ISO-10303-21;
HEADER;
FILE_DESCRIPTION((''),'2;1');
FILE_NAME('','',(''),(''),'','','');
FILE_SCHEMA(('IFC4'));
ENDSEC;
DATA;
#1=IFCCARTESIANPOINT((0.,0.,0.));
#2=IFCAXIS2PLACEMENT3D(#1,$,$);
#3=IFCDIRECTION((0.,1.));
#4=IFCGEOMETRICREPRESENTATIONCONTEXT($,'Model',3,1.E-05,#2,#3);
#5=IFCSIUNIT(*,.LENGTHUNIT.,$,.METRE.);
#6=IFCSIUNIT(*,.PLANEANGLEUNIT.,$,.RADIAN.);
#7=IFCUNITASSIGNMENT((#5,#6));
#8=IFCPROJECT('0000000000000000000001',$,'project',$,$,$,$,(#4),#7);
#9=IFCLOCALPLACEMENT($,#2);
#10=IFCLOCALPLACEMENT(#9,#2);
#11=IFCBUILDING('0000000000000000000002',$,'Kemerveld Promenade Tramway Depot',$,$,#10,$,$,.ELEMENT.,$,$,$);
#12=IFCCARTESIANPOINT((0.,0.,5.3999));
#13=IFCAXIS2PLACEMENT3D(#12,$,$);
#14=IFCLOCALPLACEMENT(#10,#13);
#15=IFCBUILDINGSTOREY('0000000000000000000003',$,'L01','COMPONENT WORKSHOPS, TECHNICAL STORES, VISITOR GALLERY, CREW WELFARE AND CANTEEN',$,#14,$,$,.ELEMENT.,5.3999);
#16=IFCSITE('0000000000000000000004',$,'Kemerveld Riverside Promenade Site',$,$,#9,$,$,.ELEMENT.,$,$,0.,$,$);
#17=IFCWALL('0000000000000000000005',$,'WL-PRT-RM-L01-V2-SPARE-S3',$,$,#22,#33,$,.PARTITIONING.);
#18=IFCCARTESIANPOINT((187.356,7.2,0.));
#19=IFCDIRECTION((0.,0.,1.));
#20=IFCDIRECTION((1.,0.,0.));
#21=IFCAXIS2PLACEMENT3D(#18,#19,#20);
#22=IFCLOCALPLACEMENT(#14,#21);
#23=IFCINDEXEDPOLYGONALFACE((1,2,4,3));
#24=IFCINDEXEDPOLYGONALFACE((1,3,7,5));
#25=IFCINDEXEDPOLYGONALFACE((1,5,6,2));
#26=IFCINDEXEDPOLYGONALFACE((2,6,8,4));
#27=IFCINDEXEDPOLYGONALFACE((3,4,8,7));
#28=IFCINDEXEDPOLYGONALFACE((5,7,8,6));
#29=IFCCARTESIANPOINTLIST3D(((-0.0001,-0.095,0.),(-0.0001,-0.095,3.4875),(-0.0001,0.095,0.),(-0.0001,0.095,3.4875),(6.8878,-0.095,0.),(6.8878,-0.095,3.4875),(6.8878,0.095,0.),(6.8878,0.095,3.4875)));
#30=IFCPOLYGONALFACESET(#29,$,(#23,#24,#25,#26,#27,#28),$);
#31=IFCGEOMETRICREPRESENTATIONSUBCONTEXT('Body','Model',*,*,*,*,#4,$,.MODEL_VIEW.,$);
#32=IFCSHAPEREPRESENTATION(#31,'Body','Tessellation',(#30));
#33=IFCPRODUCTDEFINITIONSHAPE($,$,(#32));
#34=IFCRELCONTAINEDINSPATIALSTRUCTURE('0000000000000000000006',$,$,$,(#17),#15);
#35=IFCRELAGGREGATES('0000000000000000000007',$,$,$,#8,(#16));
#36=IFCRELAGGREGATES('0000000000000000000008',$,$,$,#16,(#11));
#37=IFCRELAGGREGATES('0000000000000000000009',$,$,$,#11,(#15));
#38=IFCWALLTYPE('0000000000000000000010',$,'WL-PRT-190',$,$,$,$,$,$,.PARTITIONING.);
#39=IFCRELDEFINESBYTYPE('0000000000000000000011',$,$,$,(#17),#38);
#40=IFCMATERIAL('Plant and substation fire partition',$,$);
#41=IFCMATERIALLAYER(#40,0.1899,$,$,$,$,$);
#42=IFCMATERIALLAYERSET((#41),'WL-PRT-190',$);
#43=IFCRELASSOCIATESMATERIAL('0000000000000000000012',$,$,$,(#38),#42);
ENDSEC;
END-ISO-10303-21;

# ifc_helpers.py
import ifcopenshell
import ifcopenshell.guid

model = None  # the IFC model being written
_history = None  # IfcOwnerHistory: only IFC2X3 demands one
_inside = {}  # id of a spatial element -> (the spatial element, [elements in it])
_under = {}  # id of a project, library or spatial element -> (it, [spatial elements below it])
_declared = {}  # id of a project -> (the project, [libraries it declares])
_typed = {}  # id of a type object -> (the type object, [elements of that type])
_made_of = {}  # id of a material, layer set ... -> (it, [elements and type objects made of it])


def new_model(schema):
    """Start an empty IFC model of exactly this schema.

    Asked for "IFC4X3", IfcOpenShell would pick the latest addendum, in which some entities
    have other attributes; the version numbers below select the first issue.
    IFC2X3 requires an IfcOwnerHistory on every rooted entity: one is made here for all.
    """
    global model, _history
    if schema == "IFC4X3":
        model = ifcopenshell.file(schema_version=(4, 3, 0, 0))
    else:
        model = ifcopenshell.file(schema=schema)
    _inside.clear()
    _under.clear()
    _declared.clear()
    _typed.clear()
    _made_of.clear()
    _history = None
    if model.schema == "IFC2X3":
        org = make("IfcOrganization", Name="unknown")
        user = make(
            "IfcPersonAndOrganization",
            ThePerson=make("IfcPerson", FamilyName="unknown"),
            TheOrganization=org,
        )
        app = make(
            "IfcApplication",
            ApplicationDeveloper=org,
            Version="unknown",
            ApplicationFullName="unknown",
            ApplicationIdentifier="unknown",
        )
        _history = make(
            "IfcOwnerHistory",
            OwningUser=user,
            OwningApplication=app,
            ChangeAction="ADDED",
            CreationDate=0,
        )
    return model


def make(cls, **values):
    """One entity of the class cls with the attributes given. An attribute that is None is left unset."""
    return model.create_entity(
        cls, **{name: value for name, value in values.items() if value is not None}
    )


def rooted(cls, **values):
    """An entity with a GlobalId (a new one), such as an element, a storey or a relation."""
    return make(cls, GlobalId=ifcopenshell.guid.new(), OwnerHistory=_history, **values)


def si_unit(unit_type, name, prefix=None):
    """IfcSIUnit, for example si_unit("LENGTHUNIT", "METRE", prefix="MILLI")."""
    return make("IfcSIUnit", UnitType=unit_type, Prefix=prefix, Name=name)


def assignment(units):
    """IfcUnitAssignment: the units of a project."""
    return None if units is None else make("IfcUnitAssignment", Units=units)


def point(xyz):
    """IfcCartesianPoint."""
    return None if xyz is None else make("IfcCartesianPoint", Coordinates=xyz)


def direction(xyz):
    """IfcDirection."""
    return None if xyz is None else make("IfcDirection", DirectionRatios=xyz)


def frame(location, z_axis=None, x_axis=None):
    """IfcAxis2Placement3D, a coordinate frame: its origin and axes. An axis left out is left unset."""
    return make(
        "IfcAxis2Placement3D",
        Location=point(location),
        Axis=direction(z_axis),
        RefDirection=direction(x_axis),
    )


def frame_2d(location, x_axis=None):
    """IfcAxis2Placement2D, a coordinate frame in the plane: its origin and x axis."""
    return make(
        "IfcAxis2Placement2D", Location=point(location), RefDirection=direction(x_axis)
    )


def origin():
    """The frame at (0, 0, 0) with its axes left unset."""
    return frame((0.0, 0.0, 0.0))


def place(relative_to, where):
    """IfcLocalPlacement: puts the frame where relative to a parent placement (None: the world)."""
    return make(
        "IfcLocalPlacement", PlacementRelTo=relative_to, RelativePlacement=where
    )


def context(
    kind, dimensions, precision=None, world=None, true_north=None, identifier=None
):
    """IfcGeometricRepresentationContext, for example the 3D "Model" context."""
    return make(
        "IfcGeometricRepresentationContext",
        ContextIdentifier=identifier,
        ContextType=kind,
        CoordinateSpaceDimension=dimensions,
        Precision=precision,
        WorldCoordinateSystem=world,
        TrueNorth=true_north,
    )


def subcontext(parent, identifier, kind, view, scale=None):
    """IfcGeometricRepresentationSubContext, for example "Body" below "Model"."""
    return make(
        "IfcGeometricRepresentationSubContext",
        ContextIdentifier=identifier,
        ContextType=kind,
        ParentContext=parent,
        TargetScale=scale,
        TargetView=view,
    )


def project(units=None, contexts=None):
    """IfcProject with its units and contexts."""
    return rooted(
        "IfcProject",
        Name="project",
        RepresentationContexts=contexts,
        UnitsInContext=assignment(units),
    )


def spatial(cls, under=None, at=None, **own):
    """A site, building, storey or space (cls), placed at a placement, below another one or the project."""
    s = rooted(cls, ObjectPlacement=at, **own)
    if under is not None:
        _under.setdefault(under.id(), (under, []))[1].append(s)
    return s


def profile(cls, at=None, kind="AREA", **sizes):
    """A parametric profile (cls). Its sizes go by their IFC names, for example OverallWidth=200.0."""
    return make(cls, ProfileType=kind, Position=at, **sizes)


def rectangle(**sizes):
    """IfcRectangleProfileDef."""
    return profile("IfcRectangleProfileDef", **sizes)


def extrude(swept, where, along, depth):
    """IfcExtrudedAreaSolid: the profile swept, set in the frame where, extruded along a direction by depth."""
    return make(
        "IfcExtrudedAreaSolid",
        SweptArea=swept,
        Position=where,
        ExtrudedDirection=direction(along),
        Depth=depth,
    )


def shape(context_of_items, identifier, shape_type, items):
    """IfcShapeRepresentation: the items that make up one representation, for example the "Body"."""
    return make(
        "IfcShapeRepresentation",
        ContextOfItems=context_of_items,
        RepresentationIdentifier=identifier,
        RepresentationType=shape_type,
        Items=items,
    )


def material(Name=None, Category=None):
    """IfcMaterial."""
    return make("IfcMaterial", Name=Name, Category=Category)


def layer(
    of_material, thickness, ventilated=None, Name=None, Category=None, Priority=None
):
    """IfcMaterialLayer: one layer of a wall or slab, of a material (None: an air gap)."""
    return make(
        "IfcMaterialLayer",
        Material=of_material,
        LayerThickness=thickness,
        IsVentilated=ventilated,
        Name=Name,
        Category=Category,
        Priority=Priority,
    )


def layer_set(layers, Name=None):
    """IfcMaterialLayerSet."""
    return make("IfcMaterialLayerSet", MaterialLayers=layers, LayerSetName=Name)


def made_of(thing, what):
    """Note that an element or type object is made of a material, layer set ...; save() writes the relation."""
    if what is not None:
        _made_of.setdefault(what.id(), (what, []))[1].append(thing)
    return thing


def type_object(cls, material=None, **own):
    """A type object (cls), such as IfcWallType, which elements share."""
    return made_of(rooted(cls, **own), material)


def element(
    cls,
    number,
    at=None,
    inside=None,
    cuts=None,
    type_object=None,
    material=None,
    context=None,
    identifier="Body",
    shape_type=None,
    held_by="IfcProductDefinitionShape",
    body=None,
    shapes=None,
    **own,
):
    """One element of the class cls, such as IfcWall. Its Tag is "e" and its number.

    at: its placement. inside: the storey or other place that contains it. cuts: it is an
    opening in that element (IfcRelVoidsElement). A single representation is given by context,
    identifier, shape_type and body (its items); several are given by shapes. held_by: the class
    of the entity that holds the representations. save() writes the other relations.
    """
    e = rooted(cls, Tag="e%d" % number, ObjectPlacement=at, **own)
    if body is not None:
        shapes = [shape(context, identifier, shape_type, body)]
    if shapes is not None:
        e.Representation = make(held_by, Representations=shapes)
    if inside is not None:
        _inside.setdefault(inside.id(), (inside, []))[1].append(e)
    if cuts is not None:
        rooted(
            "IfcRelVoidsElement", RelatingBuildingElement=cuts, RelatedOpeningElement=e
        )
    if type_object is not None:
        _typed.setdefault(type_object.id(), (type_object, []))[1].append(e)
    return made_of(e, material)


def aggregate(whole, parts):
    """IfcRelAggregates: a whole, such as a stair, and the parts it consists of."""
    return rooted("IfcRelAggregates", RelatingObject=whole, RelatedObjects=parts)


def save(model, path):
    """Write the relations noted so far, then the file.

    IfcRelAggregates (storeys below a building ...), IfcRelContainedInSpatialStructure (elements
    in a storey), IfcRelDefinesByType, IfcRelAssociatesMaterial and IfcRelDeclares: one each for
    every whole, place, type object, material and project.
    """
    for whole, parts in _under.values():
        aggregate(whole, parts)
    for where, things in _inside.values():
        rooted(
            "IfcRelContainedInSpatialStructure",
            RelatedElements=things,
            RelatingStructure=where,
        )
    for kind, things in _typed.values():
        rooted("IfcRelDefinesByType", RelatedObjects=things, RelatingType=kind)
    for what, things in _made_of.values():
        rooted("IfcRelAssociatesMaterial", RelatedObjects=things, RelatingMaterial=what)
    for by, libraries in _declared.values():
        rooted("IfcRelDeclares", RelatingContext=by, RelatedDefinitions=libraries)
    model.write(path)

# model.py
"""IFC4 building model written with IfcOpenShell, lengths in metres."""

from ifc_helpers import new_model, si_unit, direction, frame, frame_2d, origin, place, context, subcontext, project, spatial, rectangle, extrude, material, layer, layer_set, type_object, element, save


model = new_model("IFC4")

# Units and contexts
model_context = context("Model", 3, precision=1e-05, world=origin(), true_north=direction((0.0, 1.0)))
body_context = subcontext(model_context, "Body", "Model", "MODEL_VIEW")
ifc_project = project(units=[si_unit("LENGTHUNIT", "METRE"), si_unit("PLANEANGLEUNIT", "RADIAN")], contexts=[model_context])

# Site, building, storey
site_placement = place(None, origin())
site = spatial("IfcSite", under=ifc_project, at=site_placement, Name="Kemerveld Riverside Promenade Site", CompositionType="ELEMENT", RefElevation=0.0)
building_placement = place(site_placement, origin())
building = spatial("IfcBuilding", under=site, at=building_placement, Name="Kemerveld Promenade Tramway Depot", CompositionType="ELEMENT")
storey_placement = place(building_placement, frame((0.0, 0.0, 5.3999)))
storey = spatial("IfcBuildingStorey", under=building, at=storey_placement, Name="L01", Description="COMPONENT WORKSHOPS, TECHNICAL STORES, VISITOR GALLERY, CREW WELFARE AND CANTEEN", CompositionType="ELEMENT", Elevation=5.3999)

# Wall
ifc_material_1 = material(Name="Plant and substation fire partition")
ifc_layer_1 = layer(ifc_material_1, 0.1899)
ifc_layer_set_1 = layer_set([ifc_layer_1], Name="WL-PRT-190")
wall_type_1 = type_object("IfcWallType", Name="WL-PRT-190", PredefinedType="PARTITIONING", material=ifc_layer_set_1)
wall_1_placement = place(storey_placement, frame((187.356, 7.2, 0.0), z_axis=(0.0, 0.0, 1.0), x_axis=(1.0, 0.0, 0.0)))
element("IfcWall", 1, at=wall_1_placement, inside=storey, type_object=wall_type_1, Name="WL-PRT-RM-L01-V2-SPARE-S3", PredefinedType="PARTITIONING", context=body_context, shape_type="SweptSolid", body=[
    extrude(rectangle(XDim=6.8879, YDim=0.1899, at=frame_2d((3.4438, 0.0))), origin(), (0.0, 0.0, 1.0), 3.4875),
])

save(model, "model.ifc")
